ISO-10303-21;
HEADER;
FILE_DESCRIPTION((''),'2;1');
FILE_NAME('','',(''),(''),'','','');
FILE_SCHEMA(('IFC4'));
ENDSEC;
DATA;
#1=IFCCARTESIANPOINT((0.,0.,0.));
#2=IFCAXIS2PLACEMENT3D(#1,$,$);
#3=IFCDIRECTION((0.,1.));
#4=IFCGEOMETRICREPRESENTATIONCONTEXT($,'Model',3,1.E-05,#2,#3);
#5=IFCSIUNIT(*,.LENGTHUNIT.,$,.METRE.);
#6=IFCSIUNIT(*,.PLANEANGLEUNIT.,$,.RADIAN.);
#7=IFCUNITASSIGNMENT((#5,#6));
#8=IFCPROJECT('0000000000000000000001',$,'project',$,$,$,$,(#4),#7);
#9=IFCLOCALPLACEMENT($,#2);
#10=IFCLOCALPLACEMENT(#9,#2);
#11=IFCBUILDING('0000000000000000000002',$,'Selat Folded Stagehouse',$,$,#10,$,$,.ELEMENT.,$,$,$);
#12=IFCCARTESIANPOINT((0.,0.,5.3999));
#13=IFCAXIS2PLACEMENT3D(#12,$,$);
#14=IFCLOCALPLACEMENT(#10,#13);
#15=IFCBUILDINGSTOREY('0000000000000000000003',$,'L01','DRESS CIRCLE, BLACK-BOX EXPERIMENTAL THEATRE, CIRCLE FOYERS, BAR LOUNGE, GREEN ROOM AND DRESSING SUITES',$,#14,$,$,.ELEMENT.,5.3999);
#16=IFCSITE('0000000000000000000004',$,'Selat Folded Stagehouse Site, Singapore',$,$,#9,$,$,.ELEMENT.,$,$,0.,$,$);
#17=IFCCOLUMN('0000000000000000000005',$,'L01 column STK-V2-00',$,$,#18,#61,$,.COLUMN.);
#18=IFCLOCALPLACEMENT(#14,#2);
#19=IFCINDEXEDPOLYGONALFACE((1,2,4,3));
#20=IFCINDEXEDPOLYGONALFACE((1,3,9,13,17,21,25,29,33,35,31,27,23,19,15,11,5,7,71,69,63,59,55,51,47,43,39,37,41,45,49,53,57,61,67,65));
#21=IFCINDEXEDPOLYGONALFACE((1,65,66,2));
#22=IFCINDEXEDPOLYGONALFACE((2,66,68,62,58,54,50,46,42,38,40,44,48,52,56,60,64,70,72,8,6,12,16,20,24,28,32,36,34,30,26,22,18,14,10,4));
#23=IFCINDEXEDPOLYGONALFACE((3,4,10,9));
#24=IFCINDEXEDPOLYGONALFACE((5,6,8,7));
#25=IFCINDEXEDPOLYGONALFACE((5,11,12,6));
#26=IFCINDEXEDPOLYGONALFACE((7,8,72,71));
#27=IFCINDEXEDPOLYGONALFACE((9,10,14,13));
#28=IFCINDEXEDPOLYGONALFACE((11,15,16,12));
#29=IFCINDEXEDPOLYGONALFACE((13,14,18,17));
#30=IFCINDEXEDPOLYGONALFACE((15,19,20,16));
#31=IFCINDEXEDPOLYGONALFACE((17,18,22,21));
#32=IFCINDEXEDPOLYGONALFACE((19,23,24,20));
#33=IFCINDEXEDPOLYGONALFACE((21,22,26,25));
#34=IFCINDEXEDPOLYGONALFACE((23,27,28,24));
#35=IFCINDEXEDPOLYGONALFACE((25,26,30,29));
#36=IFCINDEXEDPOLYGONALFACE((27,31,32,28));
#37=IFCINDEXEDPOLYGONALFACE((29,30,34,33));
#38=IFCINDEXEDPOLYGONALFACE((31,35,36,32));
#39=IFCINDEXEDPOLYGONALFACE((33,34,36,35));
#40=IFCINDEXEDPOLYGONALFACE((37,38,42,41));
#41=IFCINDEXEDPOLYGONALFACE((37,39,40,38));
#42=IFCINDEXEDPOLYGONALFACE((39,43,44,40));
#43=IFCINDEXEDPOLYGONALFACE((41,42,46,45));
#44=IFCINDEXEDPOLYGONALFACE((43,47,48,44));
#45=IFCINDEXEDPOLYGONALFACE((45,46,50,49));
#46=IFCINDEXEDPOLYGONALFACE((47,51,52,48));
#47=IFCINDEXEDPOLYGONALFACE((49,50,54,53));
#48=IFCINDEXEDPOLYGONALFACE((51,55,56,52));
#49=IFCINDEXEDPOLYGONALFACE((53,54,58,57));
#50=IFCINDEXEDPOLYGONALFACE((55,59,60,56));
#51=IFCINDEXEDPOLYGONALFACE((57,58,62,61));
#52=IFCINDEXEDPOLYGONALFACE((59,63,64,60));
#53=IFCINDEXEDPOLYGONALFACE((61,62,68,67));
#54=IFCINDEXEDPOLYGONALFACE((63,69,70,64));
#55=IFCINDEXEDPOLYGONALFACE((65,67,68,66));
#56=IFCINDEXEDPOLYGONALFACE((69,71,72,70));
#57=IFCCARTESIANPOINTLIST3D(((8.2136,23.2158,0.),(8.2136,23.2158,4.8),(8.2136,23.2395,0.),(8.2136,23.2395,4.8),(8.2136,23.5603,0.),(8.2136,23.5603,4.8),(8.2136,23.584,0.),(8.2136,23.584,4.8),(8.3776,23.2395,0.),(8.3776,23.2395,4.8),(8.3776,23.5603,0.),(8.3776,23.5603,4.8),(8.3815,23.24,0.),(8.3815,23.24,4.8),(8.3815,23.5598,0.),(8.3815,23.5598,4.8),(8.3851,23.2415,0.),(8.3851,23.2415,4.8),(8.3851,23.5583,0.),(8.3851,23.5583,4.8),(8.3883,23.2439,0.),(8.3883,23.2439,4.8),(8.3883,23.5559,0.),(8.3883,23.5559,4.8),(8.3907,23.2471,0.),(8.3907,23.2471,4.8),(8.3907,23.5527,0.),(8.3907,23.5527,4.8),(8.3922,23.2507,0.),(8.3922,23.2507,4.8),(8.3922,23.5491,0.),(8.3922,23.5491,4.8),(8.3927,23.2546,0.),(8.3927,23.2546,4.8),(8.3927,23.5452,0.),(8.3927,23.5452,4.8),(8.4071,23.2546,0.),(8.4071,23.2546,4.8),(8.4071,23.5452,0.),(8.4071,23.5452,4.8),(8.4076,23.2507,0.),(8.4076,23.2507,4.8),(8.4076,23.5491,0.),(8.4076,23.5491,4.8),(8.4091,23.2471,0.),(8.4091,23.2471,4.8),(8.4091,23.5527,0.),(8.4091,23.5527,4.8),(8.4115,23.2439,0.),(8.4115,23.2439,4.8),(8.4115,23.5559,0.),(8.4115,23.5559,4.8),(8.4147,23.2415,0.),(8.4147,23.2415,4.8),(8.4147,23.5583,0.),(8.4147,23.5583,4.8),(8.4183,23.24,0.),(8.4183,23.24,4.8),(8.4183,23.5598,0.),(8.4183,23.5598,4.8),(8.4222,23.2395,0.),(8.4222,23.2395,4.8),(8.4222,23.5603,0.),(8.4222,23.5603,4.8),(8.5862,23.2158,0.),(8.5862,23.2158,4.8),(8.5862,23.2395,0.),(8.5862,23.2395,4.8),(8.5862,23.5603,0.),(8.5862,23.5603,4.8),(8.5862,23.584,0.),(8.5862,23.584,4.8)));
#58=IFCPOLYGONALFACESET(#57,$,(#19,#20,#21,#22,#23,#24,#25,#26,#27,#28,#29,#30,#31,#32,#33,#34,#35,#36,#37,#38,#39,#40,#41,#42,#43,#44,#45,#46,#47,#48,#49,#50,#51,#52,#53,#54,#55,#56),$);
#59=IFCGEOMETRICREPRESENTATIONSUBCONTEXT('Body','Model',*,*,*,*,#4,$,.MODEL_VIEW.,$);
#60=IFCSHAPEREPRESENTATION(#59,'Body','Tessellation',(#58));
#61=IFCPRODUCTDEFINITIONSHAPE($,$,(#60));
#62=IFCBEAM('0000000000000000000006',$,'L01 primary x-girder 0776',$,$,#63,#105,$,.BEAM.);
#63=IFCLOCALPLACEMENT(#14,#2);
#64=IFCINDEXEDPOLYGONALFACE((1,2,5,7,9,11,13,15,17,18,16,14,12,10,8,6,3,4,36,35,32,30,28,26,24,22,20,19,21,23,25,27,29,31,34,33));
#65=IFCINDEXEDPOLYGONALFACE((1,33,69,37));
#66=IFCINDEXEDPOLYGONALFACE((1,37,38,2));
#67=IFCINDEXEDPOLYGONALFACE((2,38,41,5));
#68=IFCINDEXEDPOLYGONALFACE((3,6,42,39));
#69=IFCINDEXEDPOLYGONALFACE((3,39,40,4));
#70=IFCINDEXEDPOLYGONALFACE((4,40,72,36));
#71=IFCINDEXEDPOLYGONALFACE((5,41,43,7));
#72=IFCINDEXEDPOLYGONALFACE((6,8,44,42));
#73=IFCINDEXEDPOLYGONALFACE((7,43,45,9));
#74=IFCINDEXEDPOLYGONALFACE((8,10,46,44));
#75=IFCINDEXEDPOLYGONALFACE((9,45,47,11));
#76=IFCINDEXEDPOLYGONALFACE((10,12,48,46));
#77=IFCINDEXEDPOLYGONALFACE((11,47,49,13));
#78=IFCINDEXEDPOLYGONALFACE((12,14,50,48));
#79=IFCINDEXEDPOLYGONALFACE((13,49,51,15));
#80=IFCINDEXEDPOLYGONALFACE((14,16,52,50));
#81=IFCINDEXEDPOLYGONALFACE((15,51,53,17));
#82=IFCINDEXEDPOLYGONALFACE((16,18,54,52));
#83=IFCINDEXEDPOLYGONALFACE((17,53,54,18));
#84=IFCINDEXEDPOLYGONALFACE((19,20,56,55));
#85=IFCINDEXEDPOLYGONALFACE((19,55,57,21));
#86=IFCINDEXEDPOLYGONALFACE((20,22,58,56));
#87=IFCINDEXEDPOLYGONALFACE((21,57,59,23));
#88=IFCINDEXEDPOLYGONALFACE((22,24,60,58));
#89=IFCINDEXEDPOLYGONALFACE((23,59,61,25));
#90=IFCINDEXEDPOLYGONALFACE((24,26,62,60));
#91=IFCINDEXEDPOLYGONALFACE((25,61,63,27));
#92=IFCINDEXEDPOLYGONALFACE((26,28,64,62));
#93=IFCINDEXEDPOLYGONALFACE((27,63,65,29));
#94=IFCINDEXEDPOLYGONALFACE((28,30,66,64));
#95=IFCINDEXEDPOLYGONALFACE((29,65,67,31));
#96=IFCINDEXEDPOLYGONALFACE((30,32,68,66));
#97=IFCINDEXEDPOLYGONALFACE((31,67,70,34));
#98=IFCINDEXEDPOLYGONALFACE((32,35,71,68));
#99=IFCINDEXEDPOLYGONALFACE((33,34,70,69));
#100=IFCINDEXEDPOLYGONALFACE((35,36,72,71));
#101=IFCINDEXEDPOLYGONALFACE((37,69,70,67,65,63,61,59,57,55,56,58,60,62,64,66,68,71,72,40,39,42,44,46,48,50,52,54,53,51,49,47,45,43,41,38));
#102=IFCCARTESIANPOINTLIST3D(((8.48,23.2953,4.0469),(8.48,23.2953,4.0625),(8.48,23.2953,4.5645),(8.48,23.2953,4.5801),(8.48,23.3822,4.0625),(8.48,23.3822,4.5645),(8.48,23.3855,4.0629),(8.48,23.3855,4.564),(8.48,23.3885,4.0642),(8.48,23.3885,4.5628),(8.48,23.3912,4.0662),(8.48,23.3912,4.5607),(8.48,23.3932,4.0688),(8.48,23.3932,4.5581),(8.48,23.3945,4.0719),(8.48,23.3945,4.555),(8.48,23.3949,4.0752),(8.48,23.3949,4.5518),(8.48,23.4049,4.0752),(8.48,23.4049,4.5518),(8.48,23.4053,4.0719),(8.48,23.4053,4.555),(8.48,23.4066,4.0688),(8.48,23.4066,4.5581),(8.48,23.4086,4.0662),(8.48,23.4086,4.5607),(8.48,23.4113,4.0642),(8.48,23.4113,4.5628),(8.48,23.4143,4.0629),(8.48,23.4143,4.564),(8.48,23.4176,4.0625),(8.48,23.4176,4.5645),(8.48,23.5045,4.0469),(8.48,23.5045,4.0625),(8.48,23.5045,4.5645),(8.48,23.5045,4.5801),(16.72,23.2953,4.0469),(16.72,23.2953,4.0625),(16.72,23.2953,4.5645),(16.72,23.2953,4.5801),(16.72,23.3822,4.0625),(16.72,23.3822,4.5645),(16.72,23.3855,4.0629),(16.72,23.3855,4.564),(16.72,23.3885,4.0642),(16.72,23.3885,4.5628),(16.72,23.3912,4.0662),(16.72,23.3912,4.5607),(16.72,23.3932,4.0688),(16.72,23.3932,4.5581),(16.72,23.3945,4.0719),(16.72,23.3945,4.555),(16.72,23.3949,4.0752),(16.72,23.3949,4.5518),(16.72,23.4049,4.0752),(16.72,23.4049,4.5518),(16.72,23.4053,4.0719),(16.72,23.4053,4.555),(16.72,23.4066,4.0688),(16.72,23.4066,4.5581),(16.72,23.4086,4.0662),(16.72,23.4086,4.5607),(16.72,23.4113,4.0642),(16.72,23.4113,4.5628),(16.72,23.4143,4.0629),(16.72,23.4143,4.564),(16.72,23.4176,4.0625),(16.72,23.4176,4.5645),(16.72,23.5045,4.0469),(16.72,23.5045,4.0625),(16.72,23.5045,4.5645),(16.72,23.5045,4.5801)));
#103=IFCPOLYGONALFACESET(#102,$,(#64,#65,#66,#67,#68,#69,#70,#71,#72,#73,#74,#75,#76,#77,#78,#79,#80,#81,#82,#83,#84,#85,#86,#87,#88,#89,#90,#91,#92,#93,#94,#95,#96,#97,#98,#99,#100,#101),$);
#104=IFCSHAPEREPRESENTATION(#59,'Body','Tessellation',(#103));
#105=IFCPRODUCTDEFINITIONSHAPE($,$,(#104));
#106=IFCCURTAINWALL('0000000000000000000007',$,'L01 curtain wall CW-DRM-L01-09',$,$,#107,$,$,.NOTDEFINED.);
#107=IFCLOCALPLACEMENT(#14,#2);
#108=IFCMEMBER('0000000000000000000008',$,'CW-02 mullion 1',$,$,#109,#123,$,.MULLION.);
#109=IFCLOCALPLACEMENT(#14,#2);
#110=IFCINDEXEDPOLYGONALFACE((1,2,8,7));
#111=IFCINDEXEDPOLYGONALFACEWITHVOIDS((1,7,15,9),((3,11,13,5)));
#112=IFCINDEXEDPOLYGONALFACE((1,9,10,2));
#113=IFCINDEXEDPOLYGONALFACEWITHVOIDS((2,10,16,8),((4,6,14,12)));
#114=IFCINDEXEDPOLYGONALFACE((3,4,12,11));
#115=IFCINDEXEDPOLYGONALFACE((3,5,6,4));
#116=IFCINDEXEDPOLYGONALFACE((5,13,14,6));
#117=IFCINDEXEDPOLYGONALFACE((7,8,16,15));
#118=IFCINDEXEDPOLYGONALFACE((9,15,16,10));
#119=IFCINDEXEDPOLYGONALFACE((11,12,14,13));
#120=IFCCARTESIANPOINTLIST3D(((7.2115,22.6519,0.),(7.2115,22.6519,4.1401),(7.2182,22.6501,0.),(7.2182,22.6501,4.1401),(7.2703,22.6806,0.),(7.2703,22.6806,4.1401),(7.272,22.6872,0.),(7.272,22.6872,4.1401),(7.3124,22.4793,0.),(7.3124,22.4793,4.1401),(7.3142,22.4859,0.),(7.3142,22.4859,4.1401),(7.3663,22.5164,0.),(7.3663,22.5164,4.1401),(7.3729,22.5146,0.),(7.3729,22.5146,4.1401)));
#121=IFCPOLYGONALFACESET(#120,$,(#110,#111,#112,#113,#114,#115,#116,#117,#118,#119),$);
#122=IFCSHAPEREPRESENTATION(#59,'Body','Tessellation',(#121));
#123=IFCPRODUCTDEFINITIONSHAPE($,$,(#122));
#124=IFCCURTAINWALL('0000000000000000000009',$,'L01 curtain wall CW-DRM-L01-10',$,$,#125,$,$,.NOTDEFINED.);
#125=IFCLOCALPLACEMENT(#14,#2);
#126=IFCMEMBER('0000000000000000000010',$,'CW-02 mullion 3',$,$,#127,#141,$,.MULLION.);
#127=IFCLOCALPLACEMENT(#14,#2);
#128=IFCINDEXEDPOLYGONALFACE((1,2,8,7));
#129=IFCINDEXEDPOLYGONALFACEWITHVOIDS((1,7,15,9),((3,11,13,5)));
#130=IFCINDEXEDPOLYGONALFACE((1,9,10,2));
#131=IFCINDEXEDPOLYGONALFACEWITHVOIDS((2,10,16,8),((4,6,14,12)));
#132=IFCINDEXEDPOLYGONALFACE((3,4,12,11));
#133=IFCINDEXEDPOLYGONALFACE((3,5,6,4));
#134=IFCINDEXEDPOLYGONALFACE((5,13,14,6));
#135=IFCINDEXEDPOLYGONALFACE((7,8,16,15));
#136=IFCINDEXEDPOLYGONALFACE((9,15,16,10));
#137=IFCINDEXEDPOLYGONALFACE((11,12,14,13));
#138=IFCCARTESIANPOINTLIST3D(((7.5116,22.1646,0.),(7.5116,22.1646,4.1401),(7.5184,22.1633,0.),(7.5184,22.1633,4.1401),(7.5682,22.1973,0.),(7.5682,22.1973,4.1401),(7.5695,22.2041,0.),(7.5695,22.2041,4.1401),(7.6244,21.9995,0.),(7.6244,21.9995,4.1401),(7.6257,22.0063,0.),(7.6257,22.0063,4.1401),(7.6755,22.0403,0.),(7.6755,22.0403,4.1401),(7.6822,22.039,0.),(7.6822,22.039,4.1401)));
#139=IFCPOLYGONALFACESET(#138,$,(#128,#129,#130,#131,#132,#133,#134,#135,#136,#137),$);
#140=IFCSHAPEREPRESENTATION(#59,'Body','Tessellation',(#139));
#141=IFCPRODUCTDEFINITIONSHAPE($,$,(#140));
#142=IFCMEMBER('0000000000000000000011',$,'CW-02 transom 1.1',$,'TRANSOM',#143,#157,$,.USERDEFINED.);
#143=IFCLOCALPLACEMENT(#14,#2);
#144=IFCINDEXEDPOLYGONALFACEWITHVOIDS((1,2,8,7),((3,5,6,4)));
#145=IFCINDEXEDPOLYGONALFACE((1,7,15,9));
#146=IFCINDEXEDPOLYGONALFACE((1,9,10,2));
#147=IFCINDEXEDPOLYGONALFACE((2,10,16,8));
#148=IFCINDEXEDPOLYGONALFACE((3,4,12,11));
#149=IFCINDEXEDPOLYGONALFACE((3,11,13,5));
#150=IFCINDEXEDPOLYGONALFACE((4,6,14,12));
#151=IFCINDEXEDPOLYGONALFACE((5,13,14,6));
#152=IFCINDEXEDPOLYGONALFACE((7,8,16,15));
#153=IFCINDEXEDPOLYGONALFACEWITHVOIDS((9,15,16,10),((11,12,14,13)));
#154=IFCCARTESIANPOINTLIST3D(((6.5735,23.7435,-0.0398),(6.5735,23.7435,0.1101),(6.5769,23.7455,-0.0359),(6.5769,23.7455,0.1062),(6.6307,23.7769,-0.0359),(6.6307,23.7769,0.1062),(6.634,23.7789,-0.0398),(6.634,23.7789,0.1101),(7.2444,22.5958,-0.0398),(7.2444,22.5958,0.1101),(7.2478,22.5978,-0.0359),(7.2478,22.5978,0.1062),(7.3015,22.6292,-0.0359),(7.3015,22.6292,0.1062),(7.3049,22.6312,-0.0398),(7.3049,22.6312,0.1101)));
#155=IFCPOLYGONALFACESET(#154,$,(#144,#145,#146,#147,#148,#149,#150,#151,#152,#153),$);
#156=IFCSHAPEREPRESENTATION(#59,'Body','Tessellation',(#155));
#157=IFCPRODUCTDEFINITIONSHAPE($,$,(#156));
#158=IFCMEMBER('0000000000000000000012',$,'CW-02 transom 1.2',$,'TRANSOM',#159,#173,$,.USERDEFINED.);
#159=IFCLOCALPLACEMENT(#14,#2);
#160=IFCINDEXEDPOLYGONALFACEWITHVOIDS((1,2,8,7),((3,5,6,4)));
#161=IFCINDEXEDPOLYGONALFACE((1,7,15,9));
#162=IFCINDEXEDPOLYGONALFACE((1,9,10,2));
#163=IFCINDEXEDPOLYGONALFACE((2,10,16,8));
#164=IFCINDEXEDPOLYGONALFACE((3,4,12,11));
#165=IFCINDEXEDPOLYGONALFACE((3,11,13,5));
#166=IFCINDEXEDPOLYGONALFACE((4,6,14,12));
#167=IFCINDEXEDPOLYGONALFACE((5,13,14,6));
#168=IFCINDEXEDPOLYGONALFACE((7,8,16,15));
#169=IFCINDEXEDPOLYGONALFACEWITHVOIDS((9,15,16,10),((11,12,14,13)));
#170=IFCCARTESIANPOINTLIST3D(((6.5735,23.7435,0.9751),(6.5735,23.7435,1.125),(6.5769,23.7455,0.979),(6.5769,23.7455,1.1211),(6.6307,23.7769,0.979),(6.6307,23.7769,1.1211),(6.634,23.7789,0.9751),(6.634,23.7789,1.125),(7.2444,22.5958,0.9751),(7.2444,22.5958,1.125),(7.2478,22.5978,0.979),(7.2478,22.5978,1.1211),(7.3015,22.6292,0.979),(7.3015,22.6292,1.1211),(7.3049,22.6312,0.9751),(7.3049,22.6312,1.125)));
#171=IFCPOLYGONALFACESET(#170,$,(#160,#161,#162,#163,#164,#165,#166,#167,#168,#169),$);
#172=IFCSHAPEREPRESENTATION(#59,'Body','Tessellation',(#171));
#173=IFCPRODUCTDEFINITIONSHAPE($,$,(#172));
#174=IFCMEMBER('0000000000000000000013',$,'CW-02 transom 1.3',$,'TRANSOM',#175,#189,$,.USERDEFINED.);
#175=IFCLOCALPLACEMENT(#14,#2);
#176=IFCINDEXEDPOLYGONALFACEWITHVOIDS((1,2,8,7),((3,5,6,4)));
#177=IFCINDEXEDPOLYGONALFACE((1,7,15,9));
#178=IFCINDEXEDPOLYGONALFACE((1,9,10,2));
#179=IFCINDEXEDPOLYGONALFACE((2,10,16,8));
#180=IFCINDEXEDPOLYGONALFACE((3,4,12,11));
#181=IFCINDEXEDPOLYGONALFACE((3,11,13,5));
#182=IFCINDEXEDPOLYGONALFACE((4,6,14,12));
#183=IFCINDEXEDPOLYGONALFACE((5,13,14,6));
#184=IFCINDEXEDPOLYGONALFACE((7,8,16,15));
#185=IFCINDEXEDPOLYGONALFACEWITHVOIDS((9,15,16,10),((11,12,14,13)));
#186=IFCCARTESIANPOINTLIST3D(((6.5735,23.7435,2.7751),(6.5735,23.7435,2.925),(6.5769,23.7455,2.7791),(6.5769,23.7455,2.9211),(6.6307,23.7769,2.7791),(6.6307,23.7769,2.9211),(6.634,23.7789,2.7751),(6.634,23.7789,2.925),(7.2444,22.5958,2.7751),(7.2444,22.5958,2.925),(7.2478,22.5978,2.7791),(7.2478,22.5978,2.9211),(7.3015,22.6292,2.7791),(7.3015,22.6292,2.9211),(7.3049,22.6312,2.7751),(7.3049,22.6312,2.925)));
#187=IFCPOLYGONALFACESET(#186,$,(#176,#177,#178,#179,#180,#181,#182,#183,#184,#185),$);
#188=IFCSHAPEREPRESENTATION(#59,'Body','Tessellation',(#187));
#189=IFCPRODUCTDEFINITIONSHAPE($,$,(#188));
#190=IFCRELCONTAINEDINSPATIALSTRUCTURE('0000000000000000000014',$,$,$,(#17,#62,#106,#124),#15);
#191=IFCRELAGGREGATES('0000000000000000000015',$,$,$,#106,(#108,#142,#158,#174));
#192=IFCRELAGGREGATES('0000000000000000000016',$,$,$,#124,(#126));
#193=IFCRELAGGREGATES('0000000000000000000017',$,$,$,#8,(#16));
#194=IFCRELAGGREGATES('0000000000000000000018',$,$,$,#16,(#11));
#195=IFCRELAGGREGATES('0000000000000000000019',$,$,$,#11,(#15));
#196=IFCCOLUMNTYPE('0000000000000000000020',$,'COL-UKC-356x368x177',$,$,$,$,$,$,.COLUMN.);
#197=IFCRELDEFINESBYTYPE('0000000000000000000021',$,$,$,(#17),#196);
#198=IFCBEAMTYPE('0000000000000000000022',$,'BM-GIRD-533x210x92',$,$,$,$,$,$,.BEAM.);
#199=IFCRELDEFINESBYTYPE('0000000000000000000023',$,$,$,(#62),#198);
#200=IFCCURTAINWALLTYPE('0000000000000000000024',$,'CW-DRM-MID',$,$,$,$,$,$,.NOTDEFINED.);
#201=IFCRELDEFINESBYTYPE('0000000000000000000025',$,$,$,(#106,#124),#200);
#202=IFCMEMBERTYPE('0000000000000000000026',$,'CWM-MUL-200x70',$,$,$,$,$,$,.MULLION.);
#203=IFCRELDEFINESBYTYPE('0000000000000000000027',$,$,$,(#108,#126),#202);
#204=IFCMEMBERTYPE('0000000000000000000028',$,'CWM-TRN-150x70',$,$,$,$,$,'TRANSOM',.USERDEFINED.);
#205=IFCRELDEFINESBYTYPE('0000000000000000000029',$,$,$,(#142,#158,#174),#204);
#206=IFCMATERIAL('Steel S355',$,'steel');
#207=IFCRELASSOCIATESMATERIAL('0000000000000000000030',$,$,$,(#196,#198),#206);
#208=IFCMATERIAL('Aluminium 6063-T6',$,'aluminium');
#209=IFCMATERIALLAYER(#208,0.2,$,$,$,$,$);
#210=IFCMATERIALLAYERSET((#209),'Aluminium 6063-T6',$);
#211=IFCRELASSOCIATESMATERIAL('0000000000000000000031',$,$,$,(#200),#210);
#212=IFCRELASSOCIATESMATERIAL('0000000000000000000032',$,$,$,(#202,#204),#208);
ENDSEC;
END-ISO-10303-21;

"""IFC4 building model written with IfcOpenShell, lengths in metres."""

from ifc_helpers import new_model, si_unit, direction, frame, origin, origin_2d, place, context, subcontext, project, spatial, hollow_rectangle, i_section, extrude, material, layer, layer_set, material_profile, profile_set, type_object, element, aggregate, save


model = new_model("IFC4")

# Units and contexts
model_context = context("Model", 3, precision=1e-05, world=origin(), true_north=direction((0.0, 1.0)))
body_context = subcontext(model_context, "Body", "Model", "MODEL_VIEW")
ifc_project = project(units=[si_unit("LENGTHUNIT", "METRE"), si_unit("PLANEANGLEUNIT", "RADIAN")], contexts=[model_context])

# Site, building, storey
site_placement = place(None, origin())
site = spatial("IfcSite", under=ifc_project, at=site_placement, Name="Selat Folded Stagehouse Site, Singapore", CompositionType="ELEMENT", RefElevation=0.0)
building_placement = place(site_placement, origin())
building = spatial("IfcBuilding", under=site, at=building_placement, Name="Selat Folded Stagehouse", CompositionType="ELEMENT")
storey_placement = place(building_placement, frame((0.0, 0.0, 5.3999)))
storey = spatial("IfcBuildingStorey", under=building, at=storey_placement, Name="L01", Description="DRESS CIRCLE, BLACK-BOX EXPERIMENTAL THEATRE, CIRCLE FOYERS, BAR LOUNGE, GREEN ROOM AND DRESSING SUITES", CompositionType="ELEMENT", Elevation=5.3999)

# Column
ifc_material_1 = material(Name="Steel S355", Category="steel")
ifc_material_profile_1 = material_profile(ifc_material_1, i_section(OverallWidth=0.3726, OverallDepth=0.3682, WebThickness=0.0144, FlangeThickness=0.0237, FilletRadius=0.0151, at=origin_2d()), Name="UKC 356x368x177")
ifc_profile_set_1 = profile_set([ifc_material_profile_1], Name="Steel S355")
column_type = type_object("IfcColumnType", Name="COL-UKC-356x368x177", PredefinedType="COLUMN", material=ifc_profile_set_1)
column_placement = place(storey_placement, frame((8.3999, 23.3999, 0.0), z_axis=(0.0, 0.0, 1.0), x_axis=(1.0, 0.0, 0.0)))
element("IfcColumn", 1, at=column_placement, inside=storey, type_object=column_type, Name="L01 column STK-V2-00", PredefinedType="COLUMN", context=body_context, shape_type="SweptSolid", body=[
    extrude(i_section(OverallWidth=0.3726, OverallDepth=0.3682, WebThickness=0.0144, FlangeThickness=0.0237, FilletRadius=0.0151, at=origin_2d()), origin(), (0.0, 0.0, 1.0), 4.8),
])

# Beam
ifc_material_profile_2 = material_profile(ifc_material_1, i_section(OverallWidth=0.2092, OverallDepth=0.5332, WebThickness=0.01, FlangeThickness=0.0156, FilletRadius=0.0127, at=origin_2d()), Name="UKB 533x210x92")
ifc_profile_set_2 = profile_set([ifc_material_profile_2], Name="Steel S355")
beam_type_1 = type_object("IfcBeamType", Name="BM-GIRD-533x210x92", PredefinedType="BEAM", material=ifc_profile_set_2)
beam_1_placement = place(storey_placement, frame((8.48, 23.3999, 4.3135), z_axis=(1.0, 0.0, 0.0), x_axis=(0.0, 1.0, 0.0)))
element("IfcBeam", 2, at=beam_1_placement, inside=storey, type_object=beam_type_1, Name="L01 primary x-girder 0776", PredefinedType="BEAM", context=body_context, shape_type="SweptSolid", body=[
    extrude(i_section(OverallWidth=0.2092, OverallDepth=0.5332, WebThickness=0.01, FlangeThickness=0.0156, FilletRadius=0.0127, at=origin_2d()), origin(), (0.0, 0.0, 1.0), 8.24),
])

# Curtain walls, members
ifc_material_2 = material(Name="Aluminium 6063-T6", Category="aluminium")
ifc_layer_1 = layer(ifc_material_2, 0.2)
ifc_layer_set_1 = layer_set([ifc_layer_1], Name="Aluminium 6063-T6")
curtain_wall_type = type_object("IfcCurtainWallType", Name="CW-DRM-MID", PredefinedType="NOTDEFINED", material=ifc_layer_set_1)
curtain_wall_1_placement = place(storey_placement, origin())
curtain_wall_1 = element("IfcCurtainWall", 3, at=curtain_wall_1_placement, inside=storey, type_object=curtain_wall_type, Name="L01 curtain wall CW-DRM-L01-09", PredefinedType="NOTDEFINED")
ifc_material_profile_3 = material_profile(ifc_material_2, hollow_rectangle(XDim=0.0701, YDim=0.2, WallThickness=0.0049, at=origin_2d()), Name="ALU 200x70x5.0")
ifc_profile_set_3 = profile_set([ifc_material_profile_3], Name="Aluminium 6063-T6")
member_type_1 = type_object("IfcMemberType", Name="CWM-MUL-200x70", PredefinedType="MULLION", material=ifc_profile_set_3)
member_1_placement = place(storey_placement, frame((7.2922, 22.5833, 0.0), z_axis=(0.0, 0.0, 1.0), x_axis=(-0.863332, -0.504636, 0.0)))
member_1 = element("IfcMember", 4, at=member_1_placement, type_object=member_type_1, Name="CW-02 mullion 1", PredefinedType="MULLION", context=body_context, shape_type="SweptSolid", body=[
    extrude(hollow_rectangle(XDim=0.0701, YDim=0.2, WallThickness=0.0049, at=origin_2d()), origin(), (0.0, 0.0, 1.0), 4.1401),
])
curtain_wall_2_placement = place(storey_placement, origin())
curtain_wall_2 = element("IfcCurtainWall", 5, at=curtain_wall_2_placement, inside=storey, type_object=curtain_wall_type, Name="L01 curtain wall CW-DRM-L01-10", PredefinedType="NOTDEFINED")
member_2_placement = place(storey_placement, frame((7.5969, 22.1018, 0.0), z_axis=(0.0, 0.0, 1.0), x_axis=(-0.82581, -0.563948, 0.0)))
member_2 = element("IfcMember", 6, at=member_2_placement, type_object=member_type_1, Name="CW-02 mullion 3", PredefinedType="MULLION", context=body_context, shape_type="SweptSolid", body=[
    extrude(hollow_rectangle(XDim=0.0701, YDim=0.2, WallThickness=0.0049, at=origin_2d()), origin(), (0.0, 0.0, 1.0), 4.1401),
])

# Members
ifc_material_profile_4 = material_profile(ifc_material_2, hollow_rectangle(XDim=0.0701, YDim=0.1499, WallThickness=0.0039, at=origin_2d()), Name="ALU 150x70x4.0")
ifc_profile_set_4 = profile_set([ifc_material_profile_4], Name="Aluminium 6063-T6")
member_type_2 = type_object("IfcMemberType", Name="CWM-TRN-150x70", ElementType="TRANSOM", PredefinedType="USERDEFINED", material=ifc_profile_set_4)
member_3_placement = place(storey_placement, frame((7.2747, 22.6135, 0.0352), z_axis=(-0.504659, 0.863319, 0.0), x_axis=(-0.863319, -0.504659, 0.0)))
member_3 = element("IfcMember", 7, at=member_3_placement, type_object=member_type_2, Name="CW-02 transom 1.1", ObjectType="TRANSOM", PredefinedType="USERDEFINED", context=body_context, shape_type="SweptSolid", body=[
    extrude(hollow_rectangle(XDim=0.0701, YDim=0.1499, WallThickness=0.0039, at=origin_2d()), origin(), (0.0, 0.0, 1.0), 1.3293),
])
member_4_placement = place(storey_placement, frame((7.2747, 22.6135, 1.05), z_axis=(-0.504659, 0.863319, 0.0), x_axis=(-0.863319, -0.504659, 0.0)))
member_4 = element("IfcMember", 8, at=member_4_placement, type_object=member_type_2, Name="CW-02 transom 1.2", ObjectType="TRANSOM", PredefinedType="USERDEFINED", context=body_context, shape_type="SweptSolid", body=[
    extrude(hollow_rectangle(XDim=0.0701, YDim=0.1499, WallThickness=0.0039, at=origin_2d()), origin(), (0.0, 0.0, 1.0), 1.3293),
])
member_5_placement = place(storey_placement, frame((7.2747, 22.6135, 2.8501), z_axis=(-0.504659, 0.863319, 0.0), x_axis=(-0.863319, -0.504659, 0.0)))
member_5 = element("IfcMember", 9, at=member_5_placement, type_object=member_type_2, Name="CW-02 transom 1.3", ObjectType="TRANSOM", PredefinedType="USERDEFINED", context=body_context, shape_type="SweptSolid", body=[
    extrude(hollow_rectangle(XDim=0.0701, YDim=0.1499, WallThickness=0.0039, at=origin_2d()), origin(), (0.0, 0.0, 1.0), 1.3293),
])

aggregate(curtain_wall_1, [member_1, member_3, member_4, member_5])
aggregate(curtain_wall_2, [member_2])

save(model, "model.ifc")
